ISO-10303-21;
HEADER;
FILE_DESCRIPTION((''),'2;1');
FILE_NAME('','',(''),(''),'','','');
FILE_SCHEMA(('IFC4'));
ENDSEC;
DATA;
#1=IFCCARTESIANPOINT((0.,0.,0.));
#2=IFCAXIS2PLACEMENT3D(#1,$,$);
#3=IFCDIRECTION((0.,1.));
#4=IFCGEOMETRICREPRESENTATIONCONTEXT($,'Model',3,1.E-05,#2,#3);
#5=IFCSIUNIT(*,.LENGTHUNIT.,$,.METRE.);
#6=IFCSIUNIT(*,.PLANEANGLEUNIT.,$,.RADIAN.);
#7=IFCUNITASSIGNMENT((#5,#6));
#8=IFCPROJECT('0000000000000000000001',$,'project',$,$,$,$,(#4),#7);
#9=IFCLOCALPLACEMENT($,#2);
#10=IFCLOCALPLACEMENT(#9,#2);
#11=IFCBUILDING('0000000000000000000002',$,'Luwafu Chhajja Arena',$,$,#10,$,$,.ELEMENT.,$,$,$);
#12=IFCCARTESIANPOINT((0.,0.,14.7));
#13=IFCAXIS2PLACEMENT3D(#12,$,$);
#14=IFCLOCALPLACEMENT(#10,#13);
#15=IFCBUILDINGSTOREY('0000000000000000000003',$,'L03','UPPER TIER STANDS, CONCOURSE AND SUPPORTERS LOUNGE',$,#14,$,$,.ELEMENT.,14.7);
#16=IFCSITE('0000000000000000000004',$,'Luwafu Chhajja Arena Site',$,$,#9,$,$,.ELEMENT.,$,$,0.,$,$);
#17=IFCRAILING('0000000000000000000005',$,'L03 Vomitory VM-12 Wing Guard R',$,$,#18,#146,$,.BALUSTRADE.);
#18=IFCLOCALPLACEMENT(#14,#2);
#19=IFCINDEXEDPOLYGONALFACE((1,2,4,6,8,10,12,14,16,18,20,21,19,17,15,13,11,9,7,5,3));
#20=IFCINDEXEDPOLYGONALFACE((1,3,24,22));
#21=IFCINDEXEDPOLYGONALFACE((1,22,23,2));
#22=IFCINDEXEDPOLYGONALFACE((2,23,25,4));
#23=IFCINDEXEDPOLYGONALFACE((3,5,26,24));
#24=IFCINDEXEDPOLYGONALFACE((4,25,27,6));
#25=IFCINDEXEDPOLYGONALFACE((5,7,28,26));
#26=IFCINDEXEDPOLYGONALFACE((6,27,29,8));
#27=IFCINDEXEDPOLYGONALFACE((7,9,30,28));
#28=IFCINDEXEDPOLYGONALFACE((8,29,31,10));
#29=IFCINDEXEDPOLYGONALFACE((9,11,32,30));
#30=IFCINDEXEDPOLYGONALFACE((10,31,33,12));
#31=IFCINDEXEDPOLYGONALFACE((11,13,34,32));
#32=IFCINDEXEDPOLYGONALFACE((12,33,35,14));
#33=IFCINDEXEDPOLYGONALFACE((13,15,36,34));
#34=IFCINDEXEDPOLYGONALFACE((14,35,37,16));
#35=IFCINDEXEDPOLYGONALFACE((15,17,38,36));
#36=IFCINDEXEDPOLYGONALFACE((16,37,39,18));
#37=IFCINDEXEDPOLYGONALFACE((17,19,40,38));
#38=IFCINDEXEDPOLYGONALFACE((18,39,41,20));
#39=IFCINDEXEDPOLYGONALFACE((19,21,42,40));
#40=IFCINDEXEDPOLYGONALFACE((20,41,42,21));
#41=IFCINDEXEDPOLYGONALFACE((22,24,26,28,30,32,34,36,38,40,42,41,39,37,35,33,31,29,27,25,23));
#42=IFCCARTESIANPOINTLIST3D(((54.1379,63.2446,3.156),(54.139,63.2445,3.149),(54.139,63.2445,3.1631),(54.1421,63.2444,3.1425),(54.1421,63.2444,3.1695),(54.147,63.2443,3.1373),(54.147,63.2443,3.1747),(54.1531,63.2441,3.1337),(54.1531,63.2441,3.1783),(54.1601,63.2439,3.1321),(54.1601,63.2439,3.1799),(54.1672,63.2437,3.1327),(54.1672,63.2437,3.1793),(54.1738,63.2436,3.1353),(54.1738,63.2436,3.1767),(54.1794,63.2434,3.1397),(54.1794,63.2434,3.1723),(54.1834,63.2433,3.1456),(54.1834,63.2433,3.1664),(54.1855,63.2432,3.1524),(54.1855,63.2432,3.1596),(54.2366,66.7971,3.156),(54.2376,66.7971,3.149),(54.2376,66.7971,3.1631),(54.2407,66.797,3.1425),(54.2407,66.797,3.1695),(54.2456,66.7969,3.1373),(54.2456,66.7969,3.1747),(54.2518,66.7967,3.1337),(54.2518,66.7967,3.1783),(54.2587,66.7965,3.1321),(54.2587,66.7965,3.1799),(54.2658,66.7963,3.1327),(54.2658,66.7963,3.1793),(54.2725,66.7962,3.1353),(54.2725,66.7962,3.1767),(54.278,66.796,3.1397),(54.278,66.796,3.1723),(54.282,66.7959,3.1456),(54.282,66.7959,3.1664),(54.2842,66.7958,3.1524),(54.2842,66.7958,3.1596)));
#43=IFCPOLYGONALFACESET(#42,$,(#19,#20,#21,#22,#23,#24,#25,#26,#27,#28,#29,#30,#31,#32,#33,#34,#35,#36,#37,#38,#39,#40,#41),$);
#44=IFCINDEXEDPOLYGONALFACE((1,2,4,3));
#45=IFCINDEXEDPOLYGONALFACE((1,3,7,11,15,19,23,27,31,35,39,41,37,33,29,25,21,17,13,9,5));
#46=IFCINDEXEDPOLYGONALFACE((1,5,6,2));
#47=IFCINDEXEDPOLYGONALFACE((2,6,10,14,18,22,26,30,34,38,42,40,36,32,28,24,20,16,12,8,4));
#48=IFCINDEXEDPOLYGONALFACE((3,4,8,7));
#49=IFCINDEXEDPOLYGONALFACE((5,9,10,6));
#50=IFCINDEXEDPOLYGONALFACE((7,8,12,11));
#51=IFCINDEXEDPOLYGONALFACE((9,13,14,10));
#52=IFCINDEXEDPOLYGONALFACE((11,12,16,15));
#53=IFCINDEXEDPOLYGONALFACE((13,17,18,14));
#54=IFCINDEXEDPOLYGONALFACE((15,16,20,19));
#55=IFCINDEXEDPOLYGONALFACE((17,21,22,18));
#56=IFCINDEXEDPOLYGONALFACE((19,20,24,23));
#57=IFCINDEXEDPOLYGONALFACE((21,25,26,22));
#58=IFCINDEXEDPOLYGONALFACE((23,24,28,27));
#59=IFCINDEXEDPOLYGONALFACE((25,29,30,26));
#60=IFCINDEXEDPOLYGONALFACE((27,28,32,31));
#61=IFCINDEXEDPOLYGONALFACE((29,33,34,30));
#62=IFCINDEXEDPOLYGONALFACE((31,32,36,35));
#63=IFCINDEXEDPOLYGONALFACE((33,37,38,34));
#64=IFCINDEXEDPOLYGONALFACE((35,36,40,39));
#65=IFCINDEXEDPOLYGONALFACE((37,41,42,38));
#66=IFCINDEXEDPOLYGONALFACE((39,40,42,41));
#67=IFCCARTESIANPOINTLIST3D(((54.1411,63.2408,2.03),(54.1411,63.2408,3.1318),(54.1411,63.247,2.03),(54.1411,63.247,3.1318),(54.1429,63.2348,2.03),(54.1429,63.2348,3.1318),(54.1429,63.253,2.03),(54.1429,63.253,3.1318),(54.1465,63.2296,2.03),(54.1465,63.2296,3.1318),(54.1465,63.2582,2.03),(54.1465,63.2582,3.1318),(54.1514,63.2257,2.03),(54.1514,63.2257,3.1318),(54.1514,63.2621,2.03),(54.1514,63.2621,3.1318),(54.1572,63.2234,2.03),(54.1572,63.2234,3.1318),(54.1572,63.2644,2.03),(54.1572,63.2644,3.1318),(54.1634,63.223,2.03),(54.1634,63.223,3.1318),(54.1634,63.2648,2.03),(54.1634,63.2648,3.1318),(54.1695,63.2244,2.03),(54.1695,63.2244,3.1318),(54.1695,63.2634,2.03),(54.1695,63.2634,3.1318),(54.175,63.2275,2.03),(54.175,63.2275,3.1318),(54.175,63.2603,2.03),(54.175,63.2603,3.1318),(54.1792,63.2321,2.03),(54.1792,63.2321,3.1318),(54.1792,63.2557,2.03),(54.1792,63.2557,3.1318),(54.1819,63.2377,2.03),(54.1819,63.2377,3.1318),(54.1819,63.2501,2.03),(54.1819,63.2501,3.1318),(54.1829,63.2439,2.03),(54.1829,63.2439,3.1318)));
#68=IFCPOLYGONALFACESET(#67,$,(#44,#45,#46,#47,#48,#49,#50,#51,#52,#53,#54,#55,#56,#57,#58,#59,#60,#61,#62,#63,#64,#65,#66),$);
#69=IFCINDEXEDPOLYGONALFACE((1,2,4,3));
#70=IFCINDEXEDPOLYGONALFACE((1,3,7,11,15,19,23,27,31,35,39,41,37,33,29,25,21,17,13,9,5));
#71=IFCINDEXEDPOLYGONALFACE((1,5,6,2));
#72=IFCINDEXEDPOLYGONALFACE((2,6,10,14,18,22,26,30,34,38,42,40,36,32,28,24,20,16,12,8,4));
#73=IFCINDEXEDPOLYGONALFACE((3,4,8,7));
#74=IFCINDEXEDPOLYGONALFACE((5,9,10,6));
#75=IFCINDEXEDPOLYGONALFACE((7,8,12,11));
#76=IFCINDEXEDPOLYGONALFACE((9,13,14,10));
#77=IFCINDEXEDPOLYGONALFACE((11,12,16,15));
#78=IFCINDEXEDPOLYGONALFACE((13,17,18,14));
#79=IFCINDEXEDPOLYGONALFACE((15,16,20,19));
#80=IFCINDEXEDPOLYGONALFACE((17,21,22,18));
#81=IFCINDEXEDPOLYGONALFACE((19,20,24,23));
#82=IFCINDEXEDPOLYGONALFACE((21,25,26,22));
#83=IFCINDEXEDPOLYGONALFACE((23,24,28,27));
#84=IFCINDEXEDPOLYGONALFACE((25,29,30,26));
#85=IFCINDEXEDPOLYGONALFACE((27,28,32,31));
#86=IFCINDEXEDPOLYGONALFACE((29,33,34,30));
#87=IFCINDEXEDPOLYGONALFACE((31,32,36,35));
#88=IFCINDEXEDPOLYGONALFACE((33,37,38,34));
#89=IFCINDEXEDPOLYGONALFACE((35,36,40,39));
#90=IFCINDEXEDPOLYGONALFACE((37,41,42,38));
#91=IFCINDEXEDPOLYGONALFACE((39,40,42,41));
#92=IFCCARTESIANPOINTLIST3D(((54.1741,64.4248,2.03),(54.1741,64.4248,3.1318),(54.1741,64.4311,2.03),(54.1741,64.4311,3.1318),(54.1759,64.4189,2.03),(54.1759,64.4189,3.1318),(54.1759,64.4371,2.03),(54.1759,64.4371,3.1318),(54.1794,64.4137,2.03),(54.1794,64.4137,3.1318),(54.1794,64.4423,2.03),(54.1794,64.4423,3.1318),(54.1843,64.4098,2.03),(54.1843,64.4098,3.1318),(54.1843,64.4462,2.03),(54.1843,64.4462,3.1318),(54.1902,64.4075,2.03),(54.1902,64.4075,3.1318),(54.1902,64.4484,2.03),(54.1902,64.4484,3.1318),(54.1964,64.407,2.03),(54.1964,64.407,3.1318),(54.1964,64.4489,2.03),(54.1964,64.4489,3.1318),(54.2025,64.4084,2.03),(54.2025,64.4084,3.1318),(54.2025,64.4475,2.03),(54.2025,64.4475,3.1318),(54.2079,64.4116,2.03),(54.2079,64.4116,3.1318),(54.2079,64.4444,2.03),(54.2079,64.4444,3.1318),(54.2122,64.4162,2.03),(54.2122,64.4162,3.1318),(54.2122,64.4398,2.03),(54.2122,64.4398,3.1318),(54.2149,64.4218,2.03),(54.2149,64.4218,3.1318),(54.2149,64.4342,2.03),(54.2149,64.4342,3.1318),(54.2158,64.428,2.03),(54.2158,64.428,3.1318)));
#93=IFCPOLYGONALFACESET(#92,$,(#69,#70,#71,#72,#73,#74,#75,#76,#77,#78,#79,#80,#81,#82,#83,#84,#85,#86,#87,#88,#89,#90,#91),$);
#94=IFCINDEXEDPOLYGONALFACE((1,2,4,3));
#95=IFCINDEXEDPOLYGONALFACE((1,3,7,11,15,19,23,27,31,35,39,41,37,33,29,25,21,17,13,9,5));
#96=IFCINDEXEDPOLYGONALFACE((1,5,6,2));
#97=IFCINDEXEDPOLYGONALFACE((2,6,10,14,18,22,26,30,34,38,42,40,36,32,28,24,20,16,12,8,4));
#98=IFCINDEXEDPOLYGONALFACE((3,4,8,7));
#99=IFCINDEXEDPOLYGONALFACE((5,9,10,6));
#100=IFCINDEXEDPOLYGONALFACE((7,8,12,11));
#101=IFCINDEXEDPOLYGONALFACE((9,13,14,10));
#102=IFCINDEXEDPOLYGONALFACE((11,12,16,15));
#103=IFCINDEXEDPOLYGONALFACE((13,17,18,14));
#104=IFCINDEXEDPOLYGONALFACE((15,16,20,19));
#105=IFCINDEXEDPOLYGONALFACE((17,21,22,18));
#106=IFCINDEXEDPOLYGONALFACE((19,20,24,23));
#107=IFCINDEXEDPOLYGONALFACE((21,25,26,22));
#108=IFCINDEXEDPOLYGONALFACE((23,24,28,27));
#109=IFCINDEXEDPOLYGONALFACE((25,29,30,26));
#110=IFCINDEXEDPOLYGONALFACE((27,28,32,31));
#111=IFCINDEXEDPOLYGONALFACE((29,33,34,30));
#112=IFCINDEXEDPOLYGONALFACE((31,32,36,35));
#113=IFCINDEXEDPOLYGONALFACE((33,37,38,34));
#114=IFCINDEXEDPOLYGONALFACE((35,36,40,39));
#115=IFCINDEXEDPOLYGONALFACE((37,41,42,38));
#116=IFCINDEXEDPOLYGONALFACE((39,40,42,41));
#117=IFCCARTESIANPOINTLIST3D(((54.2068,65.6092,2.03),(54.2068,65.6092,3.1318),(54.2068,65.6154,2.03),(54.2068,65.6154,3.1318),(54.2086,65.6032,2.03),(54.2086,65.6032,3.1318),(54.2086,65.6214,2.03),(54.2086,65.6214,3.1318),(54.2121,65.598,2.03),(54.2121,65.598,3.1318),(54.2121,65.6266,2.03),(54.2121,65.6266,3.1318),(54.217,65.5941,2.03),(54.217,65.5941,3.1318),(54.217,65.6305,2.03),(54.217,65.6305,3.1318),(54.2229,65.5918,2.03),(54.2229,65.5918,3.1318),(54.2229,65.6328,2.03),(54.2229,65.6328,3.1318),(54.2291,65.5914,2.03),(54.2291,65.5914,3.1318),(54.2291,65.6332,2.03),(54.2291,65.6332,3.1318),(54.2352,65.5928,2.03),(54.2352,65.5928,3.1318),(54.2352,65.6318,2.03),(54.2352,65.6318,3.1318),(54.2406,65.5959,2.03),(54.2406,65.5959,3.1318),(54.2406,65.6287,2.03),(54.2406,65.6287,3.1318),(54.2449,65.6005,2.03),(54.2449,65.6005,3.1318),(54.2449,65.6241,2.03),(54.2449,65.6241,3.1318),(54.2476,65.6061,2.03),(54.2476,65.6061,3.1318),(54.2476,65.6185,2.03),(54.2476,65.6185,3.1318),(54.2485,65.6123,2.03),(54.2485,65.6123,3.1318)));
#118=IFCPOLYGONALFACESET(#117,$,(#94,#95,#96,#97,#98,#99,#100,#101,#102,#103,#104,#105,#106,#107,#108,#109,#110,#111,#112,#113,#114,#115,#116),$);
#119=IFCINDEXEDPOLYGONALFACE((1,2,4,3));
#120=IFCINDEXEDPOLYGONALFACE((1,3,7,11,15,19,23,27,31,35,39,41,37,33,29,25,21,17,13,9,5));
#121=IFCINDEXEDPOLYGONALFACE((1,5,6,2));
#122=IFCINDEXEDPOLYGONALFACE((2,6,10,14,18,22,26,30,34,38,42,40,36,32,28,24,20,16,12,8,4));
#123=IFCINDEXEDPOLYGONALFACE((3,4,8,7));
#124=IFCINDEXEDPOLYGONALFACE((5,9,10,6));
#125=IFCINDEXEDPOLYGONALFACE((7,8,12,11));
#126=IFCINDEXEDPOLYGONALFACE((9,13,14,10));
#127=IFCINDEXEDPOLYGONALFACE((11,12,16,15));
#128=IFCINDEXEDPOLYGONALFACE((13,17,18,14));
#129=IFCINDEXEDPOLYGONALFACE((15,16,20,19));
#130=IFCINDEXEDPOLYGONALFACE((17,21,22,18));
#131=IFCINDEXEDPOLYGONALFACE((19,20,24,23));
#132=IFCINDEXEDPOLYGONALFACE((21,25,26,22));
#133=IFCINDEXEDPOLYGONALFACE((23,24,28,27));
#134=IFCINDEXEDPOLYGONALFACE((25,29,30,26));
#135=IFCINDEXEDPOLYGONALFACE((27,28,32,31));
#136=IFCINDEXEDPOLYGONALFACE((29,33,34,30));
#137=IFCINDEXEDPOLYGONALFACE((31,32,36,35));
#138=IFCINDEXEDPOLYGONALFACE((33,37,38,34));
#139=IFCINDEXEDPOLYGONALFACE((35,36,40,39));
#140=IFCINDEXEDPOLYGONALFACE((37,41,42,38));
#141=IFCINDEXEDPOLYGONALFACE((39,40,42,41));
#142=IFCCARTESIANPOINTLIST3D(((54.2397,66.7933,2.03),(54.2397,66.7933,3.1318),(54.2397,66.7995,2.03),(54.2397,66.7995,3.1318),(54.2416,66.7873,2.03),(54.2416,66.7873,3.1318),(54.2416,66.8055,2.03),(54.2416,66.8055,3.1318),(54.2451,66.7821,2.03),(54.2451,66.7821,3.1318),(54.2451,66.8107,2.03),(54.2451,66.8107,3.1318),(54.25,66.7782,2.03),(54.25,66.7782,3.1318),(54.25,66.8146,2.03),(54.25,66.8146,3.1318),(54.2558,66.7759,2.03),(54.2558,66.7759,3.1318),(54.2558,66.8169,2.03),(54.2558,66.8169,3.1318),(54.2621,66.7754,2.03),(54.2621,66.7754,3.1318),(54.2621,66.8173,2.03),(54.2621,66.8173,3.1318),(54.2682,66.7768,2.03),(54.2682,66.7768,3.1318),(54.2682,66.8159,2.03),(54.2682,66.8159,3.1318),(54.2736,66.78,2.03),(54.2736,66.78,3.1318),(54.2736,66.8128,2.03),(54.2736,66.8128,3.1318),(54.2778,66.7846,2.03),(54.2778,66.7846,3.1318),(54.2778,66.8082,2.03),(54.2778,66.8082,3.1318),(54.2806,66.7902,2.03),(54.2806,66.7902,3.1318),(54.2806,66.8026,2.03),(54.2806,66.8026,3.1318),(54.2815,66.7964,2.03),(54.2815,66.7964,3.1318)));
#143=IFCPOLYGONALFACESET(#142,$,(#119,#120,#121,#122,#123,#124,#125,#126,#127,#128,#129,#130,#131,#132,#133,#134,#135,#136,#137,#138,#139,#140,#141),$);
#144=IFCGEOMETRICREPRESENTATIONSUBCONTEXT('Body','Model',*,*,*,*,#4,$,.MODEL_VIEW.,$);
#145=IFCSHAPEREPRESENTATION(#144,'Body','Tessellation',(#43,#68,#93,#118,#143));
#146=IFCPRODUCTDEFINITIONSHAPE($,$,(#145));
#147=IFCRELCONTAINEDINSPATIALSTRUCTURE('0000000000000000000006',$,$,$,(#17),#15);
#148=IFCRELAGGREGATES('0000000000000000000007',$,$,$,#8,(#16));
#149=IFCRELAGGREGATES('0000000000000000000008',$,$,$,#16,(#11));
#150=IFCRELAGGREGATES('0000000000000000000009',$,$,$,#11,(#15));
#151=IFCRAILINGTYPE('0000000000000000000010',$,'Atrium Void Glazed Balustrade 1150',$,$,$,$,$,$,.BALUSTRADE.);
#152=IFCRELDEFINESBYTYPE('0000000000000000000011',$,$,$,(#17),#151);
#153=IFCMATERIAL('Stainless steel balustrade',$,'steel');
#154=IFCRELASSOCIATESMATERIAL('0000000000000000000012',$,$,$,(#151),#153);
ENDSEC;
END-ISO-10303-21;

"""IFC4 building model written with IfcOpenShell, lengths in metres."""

from ifc_helpers import new_model, si_unit, direction, frame, origin, origin_2d, place, context, subcontext, project, spatial, circle, extrude, material, type_object, element, save


model = new_model("IFC4")

# Units and contexts
model_context = context("Model", 3, precision=1e-05, world=origin(), true_north=direction((0.0, 1.0)))
body_context = subcontext(model_context, "Body", "Model", "MODEL_VIEW")
ifc_project = project(units=[si_unit("LENGTHUNIT", "METRE"), si_unit("PLANEANGLEUNIT", "RADIAN")], contexts=[model_context])

# Site, building, storey
site_placement = place(None, origin())
site = spatial("IfcSite", under=ifc_project, at=site_placement, Name="Luwafu Chhajja Arena Site", CompositionType="ELEMENT", RefElevation=0.0)
building_placement = place(site_placement, origin())
building = spatial("IfcBuilding", under=site, at=building_placement, Name="Luwafu Chhajja Arena", CompositionType="ELEMENT")
storey_placement = place(building_placement, frame((0.0, 0.0, 14.7)))
storey = spatial("IfcBuildingStorey", under=building, at=storey_placement, Name="L03", Description="UPPER TIER STANDS, CONCOURSE AND SUPPORTERS LOUNGE", CompositionType="ELEMENT", Elevation=14.7)

# Railing
ifc_material_1 = material(Name="Stainless steel balustrade", Category="steel")
railing_type_1 = type_object("IfcRailingType", Name="Atrium Void Glazed Balustrade 1150", PredefinedType="BALUSTRADE", material=ifc_material_1)
railing_1_placement = place(storey_placement, frame((54.1619, 63.2439, 2.03)))
element("IfcRailing", 1, at=railing_1_placement, inside=storey, type_object=railing_type_1, Name="L03 Vomitory VM-12 Wing Guard R", PredefinedType="BALUSTRADE", context=body_context, shape_type="SweptSolid", body=[
    extrude(circle(Radius=0.0239, at=origin_2d()), frame((0.0, 0.0, 1.126), z_axis=(0.027754, 0.999615, 0.0), x_axis=(-0.999615, 0.027754, 0.0)), (0.0, 0.0, 1.0), 3.554),
    extrude(circle(Radius=0.021, at=origin_2d()), origin(), (0.0, 0.0, 1.0), 1.1018),
    extrude(circle(Radius=0.021, at=origin_2d()), frame((0.033, 1.1841, 0.0)), (0.0, 0.0, 1.0), 1.1018),
    extrude(circle(Radius=0.021, at=origin_2d()), frame((0.0657, 2.3684, 0.0)), (0.0, 0.0, 1.0), 1.1018),
    extrude(circle(Radius=0.021, at=origin_2d()), frame((0.0986, 3.5525, 0.0)), (0.0, 0.0, 1.0), 1.1018),
])

save(model, "model.ifc")
